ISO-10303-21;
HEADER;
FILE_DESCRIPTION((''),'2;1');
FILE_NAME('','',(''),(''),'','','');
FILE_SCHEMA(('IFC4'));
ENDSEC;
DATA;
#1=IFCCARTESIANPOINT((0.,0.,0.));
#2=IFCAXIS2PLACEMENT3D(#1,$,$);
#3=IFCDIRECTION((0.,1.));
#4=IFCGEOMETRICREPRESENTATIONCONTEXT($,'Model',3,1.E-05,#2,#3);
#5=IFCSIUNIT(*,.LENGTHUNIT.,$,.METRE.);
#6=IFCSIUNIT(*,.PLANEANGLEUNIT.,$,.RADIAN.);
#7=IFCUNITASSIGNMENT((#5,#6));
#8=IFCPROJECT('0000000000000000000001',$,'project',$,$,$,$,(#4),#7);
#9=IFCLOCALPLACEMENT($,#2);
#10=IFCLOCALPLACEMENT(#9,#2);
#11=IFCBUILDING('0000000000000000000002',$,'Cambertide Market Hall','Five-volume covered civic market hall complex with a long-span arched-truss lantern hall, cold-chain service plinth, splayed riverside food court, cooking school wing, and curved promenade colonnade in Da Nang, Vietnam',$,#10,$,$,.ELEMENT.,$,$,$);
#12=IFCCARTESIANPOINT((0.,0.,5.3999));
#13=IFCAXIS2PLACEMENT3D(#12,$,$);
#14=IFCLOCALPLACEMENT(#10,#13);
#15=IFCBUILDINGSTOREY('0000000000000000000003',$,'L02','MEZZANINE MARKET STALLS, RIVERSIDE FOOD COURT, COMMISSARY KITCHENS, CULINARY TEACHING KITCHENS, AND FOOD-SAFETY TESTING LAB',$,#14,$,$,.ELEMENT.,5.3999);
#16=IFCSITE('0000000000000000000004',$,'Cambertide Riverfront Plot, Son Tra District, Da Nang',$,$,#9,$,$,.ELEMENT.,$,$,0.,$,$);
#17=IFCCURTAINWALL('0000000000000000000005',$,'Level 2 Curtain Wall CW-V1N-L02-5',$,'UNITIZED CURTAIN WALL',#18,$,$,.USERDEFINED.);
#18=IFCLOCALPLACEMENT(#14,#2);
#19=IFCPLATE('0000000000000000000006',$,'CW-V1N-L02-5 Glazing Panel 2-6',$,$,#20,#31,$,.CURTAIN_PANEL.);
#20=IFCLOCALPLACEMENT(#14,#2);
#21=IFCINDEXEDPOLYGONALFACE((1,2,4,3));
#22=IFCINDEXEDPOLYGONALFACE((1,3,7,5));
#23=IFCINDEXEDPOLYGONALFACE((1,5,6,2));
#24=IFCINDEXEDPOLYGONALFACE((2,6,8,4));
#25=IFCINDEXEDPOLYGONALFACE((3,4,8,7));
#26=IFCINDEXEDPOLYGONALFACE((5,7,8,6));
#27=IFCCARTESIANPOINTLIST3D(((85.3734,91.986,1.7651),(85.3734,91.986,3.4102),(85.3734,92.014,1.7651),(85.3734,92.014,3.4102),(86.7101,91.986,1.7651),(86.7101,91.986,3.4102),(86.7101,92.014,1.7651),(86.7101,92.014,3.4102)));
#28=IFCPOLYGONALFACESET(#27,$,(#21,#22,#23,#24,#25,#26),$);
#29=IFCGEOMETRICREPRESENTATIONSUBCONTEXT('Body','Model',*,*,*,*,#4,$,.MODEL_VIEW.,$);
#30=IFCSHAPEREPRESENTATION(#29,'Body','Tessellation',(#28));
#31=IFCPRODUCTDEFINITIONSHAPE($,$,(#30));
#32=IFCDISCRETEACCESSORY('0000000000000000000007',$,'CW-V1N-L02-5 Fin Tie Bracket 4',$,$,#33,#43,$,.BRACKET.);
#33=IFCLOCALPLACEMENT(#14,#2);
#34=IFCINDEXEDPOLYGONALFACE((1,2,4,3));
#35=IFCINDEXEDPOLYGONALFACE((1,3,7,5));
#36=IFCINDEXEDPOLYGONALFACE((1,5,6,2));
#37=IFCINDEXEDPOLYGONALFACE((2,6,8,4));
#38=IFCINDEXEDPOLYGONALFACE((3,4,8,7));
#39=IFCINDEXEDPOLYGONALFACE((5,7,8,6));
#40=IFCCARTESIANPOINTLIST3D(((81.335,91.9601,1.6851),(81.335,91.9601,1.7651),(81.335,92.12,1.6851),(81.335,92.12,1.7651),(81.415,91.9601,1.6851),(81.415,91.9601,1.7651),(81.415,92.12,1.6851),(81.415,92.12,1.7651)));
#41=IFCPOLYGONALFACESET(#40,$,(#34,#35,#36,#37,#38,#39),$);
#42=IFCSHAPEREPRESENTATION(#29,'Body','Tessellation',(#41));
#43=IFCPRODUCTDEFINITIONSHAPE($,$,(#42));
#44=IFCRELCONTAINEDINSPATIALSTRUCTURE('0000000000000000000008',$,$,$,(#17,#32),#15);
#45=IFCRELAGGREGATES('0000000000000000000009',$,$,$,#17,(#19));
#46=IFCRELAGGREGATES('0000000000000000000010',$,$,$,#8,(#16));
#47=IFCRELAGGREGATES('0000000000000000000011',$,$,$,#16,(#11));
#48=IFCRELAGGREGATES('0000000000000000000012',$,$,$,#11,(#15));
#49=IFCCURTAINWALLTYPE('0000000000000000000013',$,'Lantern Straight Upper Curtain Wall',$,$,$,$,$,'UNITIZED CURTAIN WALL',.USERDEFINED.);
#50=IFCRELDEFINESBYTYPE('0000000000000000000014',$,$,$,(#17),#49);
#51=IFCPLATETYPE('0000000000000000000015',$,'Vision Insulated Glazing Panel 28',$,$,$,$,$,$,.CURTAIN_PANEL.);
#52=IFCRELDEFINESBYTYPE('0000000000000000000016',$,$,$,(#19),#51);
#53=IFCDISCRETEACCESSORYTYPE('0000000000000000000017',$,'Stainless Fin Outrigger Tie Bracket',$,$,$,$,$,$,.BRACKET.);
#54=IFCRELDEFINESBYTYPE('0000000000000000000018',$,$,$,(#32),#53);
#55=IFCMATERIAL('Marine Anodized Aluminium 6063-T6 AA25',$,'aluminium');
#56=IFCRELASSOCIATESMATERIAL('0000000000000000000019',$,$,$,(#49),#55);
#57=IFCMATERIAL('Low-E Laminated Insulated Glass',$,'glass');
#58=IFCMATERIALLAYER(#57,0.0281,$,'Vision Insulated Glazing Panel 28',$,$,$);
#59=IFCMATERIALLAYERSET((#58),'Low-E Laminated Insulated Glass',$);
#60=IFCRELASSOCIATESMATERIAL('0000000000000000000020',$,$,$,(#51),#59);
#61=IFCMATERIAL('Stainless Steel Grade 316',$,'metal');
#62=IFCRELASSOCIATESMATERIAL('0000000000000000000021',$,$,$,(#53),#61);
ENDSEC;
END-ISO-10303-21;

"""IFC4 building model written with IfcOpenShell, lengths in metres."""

from ifc_helpers import new_model, si_unit, direction, frame, origin, origin_2d, place, context, subcontext, project, spatial, rectangle, extrude, material, layer, layer_set, type_object, element, aggregate, save


model = new_model("IFC4")

# Units and contexts
model_context = context("Model", 3, precision=1e-05, world=origin(), true_north=direction((0.0, 1.0)))
body_context = subcontext(model_context, "Body", "Model", "MODEL_VIEW")
ifc_project = project(units=[si_unit("LENGTHUNIT", "METRE"), si_unit("PLANEANGLEUNIT", "RADIAN")], contexts=[model_context])

# Site, building, storey
site_placement = place(None, origin())
site = spatial("IfcSite", under=ifc_project, at=site_placement, Name="Cambertide Riverfront Plot, Son Tra District, Da Nang", CompositionType="ELEMENT", RefElevation=0.0)
building_placement = place(site_placement, origin())
building = spatial("IfcBuilding", under=site, at=building_placement, Name="Cambertide Market Hall", Description="Five-volume covered civic market hall complex with a long-span arched-truss lantern hall, cold-chain service plinth, splayed riverside food court, cooking school wing, and curved promenade colonnade in Da Nang, Vietnam", CompositionType="ELEMENT")
storey_placement = place(building_placement, frame((0.0, 0.0, 5.3999)))
storey = spatial("IfcBuildingStorey", under=building, at=storey_placement, Name="L02", Description="MEZZANINE MARKET STALLS, RIVERSIDE FOOD COURT, COMMISSARY KITCHENS, CULINARY TEACHING KITCHENS, AND FOOD-SAFETY TESTING LAB", CompositionType="ELEMENT", Elevation=5.3999)

# Curtain wall
ifc_material_1 = material(Name="Marine Anodized Aluminium 6063-T6 AA25", Category="aluminium")
curtain_wall_type = type_object("IfcCurtainWallType", Name="Lantern Straight Upper Curtain Wall", ElementType="UNITIZED CURTAIN WALL", PredefinedType="USERDEFINED", material=ifc_material_1)
curtain_wall_placement = place(storey_placement, origin())
curtain_wall = element("IfcCurtainWall", 1, at=curtain_wall_placement, inside=storey, type_object=curtain_wall_type, Name="Level 2 Curtain Wall CW-V1N-L02-5", ObjectType="UNITIZED CURTAIN WALL", PredefinedType="USERDEFINED")

# Plate
ifc_material_2 = material(Name="Low-E Laminated Insulated Glass", Category="glass")
ifc_layer = layer(ifc_material_2, 0.0281, Name="Vision Insulated Glazing Panel 28")
ifc_layer_set = layer_set([ifc_layer], Name="Low-E Laminated Insulated Glass")
plate_type = type_object("IfcPlateType", Name="Vision Insulated Glazing Panel 28", PredefinedType="CURTAIN_PANEL", material=ifc_layer_set)
plate_1_placement = place(storey_placement, frame((86.0417, 92.0, 1.7651), z_axis=(0.0, 0.0, 1.0), x_axis=(1.0, 0.0, 0.0)))
plate_1 = element("IfcPlate", 2, at=plate_1_placement, type_object=plate_type, Name="CW-V1N-L02-5 Glazing Panel 2-6", PredefinedType="CURTAIN_PANEL", context=body_context, shape_type="SweptSolid", body=[
    extrude(rectangle(XDim=1.3367, YDim=0.0281, at=origin_2d()), origin(), (0.0, 0.0, 1.0), 1.645),
])
aggregate(curtain_wall, [plate_1])

# Discrete accessory
ifc_material_3 = material(Name="Stainless Steel Grade 316", Category="metal")
discrete_accessory_type = type_object("IfcDiscreteAccessoryType", Name="Stainless Fin Outrigger Tie Bracket", PredefinedType="BRACKET", material=ifc_material_3)
discrete_accessory_placement = place(storey_placement, frame((81.375, 92.04, 1.6851), z_axis=(0.0, 0.0, 1.0), x_axis=(1.0, 0.0, 0.0)))
element("IfcDiscreteAccessory", 3, at=discrete_accessory_placement, inside=storey, type_object=discrete_accessory_type, Name="CW-V1N-L02-5 Fin Tie Bracket 4", PredefinedType="BRACKET", context=body_context, shape_type="SweptSolid", body=[
    extrude(rectangle(XDim=0.0801, YDim=0.1599, at=origin_2d()), origin(), (0.0, 0.0, 1.0), 0.0801),
])

save(model, "model.ifc")
